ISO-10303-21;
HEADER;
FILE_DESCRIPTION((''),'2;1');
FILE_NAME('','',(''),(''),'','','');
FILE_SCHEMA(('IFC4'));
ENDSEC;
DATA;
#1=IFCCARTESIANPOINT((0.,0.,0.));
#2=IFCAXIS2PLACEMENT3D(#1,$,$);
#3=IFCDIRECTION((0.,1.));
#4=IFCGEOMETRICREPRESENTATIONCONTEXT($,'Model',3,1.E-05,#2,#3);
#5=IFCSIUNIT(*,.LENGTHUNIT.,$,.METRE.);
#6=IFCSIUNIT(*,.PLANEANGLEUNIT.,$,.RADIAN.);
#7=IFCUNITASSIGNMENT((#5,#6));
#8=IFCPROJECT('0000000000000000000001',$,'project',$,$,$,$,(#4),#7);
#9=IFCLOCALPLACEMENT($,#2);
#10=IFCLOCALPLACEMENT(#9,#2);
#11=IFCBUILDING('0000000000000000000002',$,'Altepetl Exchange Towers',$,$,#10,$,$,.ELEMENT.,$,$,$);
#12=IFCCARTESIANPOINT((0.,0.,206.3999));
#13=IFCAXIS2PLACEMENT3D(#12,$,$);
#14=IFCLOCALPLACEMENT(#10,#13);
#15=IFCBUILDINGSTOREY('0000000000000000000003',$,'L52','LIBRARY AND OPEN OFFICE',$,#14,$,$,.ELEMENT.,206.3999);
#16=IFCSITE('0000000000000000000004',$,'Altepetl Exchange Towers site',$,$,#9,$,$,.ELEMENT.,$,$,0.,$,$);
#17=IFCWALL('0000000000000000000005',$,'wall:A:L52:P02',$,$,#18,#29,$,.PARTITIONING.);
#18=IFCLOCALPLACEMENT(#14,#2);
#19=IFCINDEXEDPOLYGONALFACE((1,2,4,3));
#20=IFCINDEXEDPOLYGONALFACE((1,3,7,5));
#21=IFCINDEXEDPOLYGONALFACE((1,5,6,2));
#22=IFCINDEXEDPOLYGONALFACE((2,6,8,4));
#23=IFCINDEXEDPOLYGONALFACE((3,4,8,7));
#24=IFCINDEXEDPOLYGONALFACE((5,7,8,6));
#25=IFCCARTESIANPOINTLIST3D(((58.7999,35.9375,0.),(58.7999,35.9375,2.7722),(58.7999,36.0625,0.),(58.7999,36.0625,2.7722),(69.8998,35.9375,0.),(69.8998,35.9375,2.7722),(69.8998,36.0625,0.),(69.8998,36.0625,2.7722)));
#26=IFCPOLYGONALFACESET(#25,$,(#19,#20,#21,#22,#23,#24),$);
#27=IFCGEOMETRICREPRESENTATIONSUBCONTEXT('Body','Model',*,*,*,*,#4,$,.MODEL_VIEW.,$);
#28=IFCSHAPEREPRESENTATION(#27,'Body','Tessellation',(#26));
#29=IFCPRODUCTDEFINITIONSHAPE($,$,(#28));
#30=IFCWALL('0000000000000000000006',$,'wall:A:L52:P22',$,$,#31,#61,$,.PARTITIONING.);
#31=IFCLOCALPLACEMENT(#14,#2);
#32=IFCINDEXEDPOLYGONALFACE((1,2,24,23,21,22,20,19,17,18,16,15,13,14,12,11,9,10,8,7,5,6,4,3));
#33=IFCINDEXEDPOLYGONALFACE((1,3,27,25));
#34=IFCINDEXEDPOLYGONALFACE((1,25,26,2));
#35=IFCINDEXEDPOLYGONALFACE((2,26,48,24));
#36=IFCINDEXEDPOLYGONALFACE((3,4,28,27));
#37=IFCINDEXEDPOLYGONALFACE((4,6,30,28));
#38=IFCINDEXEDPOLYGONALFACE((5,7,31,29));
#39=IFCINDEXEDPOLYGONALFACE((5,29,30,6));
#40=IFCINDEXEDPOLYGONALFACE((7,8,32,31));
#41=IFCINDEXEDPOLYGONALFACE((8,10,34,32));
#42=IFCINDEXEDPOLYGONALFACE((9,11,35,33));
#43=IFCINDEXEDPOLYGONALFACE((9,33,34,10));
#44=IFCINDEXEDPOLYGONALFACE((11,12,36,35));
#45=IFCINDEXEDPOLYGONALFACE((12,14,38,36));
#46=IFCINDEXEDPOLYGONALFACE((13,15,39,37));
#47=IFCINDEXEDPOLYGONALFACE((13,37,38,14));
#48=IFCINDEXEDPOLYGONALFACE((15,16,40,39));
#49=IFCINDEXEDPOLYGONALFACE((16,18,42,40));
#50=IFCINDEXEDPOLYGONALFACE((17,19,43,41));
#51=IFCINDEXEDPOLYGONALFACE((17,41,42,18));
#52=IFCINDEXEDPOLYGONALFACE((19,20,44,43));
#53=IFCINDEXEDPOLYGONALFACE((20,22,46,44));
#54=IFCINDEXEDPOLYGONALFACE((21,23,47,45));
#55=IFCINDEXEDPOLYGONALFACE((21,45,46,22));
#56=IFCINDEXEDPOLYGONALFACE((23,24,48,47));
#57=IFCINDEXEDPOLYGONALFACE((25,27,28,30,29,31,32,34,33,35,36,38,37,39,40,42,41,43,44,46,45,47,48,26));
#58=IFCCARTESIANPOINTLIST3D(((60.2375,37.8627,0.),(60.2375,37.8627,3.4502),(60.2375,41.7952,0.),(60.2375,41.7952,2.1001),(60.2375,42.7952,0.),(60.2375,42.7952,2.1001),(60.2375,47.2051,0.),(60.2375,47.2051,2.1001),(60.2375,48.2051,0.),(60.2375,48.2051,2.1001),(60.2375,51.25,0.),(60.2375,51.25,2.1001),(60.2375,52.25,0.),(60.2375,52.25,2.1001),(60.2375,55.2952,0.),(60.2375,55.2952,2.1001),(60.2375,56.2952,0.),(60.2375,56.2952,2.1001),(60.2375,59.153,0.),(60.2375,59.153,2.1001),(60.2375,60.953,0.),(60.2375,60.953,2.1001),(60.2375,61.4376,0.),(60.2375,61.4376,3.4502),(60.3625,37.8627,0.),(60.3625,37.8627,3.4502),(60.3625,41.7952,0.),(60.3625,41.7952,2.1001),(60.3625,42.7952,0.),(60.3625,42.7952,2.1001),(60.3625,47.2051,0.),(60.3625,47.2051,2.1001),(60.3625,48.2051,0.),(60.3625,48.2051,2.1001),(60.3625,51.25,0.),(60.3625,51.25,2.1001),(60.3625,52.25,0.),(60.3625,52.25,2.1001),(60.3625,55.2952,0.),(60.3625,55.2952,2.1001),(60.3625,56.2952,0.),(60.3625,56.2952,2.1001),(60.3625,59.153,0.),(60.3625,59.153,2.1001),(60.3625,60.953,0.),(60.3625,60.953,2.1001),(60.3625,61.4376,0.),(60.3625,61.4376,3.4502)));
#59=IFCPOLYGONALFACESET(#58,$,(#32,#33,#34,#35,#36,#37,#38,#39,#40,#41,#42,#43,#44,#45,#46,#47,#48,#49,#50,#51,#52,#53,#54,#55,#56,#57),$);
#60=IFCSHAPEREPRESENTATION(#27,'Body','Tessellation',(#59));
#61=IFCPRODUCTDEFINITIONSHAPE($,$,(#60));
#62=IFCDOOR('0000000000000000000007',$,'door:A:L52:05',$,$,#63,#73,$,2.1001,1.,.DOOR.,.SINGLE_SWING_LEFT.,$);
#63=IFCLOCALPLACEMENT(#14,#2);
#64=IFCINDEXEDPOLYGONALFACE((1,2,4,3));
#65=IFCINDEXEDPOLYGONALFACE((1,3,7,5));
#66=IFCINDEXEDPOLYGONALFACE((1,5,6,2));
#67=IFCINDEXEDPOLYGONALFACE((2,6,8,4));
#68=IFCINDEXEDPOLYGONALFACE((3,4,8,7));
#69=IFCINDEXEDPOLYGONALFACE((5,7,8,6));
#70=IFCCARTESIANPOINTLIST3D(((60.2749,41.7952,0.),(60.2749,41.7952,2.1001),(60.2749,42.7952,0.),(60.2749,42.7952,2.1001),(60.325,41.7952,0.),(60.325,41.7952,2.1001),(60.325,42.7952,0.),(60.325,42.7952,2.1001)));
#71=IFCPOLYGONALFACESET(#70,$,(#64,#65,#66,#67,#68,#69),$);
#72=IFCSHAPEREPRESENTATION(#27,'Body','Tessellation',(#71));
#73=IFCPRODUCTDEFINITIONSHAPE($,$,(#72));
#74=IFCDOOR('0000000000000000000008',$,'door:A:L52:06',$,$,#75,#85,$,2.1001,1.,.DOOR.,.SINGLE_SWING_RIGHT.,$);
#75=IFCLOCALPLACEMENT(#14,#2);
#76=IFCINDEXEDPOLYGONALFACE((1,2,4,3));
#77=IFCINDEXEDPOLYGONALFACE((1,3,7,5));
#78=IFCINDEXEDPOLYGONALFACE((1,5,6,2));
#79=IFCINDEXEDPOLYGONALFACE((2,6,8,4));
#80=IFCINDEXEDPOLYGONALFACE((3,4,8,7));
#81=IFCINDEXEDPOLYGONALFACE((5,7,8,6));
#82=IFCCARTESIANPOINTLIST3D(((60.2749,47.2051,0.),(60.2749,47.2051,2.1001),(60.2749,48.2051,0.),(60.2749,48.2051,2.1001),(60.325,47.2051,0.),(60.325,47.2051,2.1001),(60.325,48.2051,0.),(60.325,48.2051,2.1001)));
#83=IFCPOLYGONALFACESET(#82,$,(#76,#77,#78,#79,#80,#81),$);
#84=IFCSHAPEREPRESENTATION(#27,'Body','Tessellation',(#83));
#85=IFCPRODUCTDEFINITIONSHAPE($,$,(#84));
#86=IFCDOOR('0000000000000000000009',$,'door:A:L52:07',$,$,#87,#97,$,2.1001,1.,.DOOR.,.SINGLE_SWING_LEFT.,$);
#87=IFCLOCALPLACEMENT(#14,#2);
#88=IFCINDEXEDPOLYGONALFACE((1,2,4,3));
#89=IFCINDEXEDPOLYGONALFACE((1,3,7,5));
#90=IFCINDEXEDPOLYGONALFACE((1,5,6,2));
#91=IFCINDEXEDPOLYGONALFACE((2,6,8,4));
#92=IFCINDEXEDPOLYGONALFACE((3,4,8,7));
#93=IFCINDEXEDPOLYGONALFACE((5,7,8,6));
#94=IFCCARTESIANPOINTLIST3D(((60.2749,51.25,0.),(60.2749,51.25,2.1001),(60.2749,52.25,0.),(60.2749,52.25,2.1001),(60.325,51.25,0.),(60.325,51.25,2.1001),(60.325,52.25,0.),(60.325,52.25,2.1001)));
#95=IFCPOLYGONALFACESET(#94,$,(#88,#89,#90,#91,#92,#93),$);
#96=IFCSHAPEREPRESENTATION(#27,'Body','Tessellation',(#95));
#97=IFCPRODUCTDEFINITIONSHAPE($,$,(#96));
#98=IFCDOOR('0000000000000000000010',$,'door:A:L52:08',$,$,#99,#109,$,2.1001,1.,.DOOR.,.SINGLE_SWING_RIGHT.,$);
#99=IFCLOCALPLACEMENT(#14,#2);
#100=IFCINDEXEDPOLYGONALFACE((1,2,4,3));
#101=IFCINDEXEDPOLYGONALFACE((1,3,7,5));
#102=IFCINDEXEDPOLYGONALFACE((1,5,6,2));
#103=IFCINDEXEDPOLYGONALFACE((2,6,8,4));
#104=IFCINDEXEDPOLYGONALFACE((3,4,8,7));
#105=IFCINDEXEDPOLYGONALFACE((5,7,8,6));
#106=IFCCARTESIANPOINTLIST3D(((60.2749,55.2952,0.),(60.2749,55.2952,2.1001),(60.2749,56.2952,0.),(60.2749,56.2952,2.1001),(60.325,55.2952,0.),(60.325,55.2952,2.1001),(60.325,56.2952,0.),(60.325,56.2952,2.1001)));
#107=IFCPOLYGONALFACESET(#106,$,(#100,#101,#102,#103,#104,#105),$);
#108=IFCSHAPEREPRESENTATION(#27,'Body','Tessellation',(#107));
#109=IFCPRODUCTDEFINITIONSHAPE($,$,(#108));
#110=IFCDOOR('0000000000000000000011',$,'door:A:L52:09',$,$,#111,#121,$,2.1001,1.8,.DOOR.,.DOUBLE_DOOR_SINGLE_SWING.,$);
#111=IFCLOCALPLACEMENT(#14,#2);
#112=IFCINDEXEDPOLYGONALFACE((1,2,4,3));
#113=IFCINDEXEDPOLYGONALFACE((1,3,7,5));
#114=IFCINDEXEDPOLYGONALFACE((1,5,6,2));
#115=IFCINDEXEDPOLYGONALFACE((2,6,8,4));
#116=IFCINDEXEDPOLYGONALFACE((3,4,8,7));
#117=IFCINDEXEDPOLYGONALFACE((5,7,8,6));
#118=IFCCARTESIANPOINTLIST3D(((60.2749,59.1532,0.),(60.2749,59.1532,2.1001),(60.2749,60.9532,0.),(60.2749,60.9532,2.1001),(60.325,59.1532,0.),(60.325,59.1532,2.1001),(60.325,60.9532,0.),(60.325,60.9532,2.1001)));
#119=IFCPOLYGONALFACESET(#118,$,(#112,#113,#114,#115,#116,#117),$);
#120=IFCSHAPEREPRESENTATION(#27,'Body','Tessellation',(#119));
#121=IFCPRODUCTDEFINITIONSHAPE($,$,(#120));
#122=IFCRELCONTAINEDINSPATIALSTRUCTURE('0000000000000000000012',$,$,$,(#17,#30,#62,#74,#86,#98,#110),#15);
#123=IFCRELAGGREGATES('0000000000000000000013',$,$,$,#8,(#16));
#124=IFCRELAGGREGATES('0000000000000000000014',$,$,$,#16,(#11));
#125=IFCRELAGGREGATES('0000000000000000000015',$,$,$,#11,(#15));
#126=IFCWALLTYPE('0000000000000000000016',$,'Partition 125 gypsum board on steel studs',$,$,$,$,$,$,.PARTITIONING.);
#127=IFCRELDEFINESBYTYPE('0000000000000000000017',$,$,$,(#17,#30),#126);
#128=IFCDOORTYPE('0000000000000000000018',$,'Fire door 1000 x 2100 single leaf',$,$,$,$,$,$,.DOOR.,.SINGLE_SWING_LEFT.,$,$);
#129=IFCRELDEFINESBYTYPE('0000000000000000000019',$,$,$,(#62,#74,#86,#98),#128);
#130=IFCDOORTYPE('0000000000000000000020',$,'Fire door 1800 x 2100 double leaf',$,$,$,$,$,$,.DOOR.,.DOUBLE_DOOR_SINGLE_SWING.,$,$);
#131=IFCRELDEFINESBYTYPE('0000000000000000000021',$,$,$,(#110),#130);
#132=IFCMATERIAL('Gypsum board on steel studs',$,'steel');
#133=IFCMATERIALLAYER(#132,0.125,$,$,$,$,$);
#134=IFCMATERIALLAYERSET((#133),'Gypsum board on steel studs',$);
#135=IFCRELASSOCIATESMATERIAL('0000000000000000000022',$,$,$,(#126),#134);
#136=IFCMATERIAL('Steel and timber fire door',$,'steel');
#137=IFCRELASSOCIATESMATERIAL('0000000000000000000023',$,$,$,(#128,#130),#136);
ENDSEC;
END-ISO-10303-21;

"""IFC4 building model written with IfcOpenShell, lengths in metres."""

from ifc_helpers import new_model, si_unit, direction, frame, frame_2d, origin, place, context, subcontext, project, spatial, rectangle, extrude, material, layer, layer_set, type_object, element, fill, save


model = new_model("IFC4")

# Units and contexts
model_context = context("Model", 3, precision=1e-05, world=origin(), true_north=direction((0.0, 1.0)))
body_context = subcontext(model_context, "Body", "Model", "MODEL_VIEW")
ifc_project = project(units=[si_unit("LENGTHUNIT", "METRE"), si_unit("PLANEANGLEUNIT", "RADIAN")], contexts=[model_context])

# Site, building, storey
site_placement = place(None, origin())
site = spatial("IfcSite", under=ifc_project, at=site_placement, Name="Altepetl Exchange Towers site", CompositionType="ELEMENT", RefElevation=0.0)
building_placement = place(site_placement, origin())
building = spatial("IfcBuilding", under=site, at=building_placement, Name="Altepetl Exchange Towers", CompositionType="ELEMENT")
storey_placement = place(building_placement, frame((0.0, 0.0, 206.3999)))
storey = spatial("IfcBuildingStorey", under=building, at=storey_placement, Name="L52", Description="LIBRARY AND OPEN OFFICE", CompositionType="ELEMENT", Elevation=206.3999)

# Wall
ifc_material_1 = material(Name="Gypsum board on steel studs", Category="steel")
ifc_layer_1 = layer(ifc_material_1, 0.125)
ifc_layer_set_1 = layer_set([ifc_layer_1], Name="Gypsum board on steel studs")
wall_type = type_object("IfcWallType", Name="Partition 125 gypsum board on steel studs", PredefinedType="PARTITIONING", material=ifc_layer_set_1)
wall_1_placement = place(storey_placement, frame((58.8, 36.0, 0.0)))
element("IfcWall", 1, at=wall_1_placement, inside=storey, type_object=wall_type, Name="wall:A:L52:P02", PredefinedType="PARTITIONING", context=body_context, shape_type="SweptSolid", body=[
    extrude(rectangle(XDim=11.0999, YDim=0.125, at=frame_2d((5.5498, 0.0))), origin(), (0.0, 0.0, 1.0), 2.7722),
])

# Wall, openings, doors
wall_2_placement = place(storey_placement, frame((60.3, 37.8625, 0.0), z_axis=(0.0, 0.0, 1.0), x_axis=(0.0, 1.0, 0.0)))
wall_2 = element("IfcWall", 2, at=wall_2_placement, inside=storey, type_object=wall_type, Name="wall:A:L52:P22", PredefinedType="PARTITIONING", context=body_context, shape_type="SweptSolid", body=[
    extrude(rectangle(XDim=23.575, YDim=0.125, at=frame_2d((11.7876, 0.0))), origin(), (0.0, 0.0, 1.0), 3.4502),
])
opening_1_placement = place(wall_2_placement, frame((3.9326, 0.0, 0.0)))
opening_1 = element("IfcOpeningElement", 3, at=opening_1_placement, cuts=wall_2, PredefinedType="OPENING", context=body_context, shape_type="SweptSolid", body=[
    extrude(rectangle(XDim=1.0, YDim=2.1001, at=frame_2d((0.5, 1.05))), frame((0.0, 0.0725, 0.0), z_axis=(0.0, -1.0, 0.0), x_axis=(1.0, 0.0, 0.0)), (0.0, 0.0, 1.0), 0.145),
])
opening_2_placement = place(wall_2_placement, frame((9.3425, 0.0, 0.0)))
opening_2 = element("IfcOpeningElement", 4, at=opening_2_placement, cuts=wall_2, PredefinedType="OPENING", context=body_context, shape_type="SweptSolid", body=[
    extrude(rectangle(XDim=1.0, YDim=2.1001, at=frame_2d((0.5, 1.05))), frame((0.0, 0.0725, 0.0), z_axis=(0.0, -1.0, 0.0), x_axis=(1.0, 0.0, 0.0)), (0.0, 0.0, 1.0), 0.145),
])
opening_3_placement = place(wall_2_placement, frame((13.3875, 0.0, 0.0)))
opening_3 = element("IfcOpeningElement", 5, at=opening_3_placement, cuts=wall_2, PredefinedType="OPENING", context=body_context, shape_type="SweptSolid", body=[
    extrude(rectangle(XDim=1.0, YDim=2.1001, at=frame_2d((0.5, 1.05))), frame((0.0, 0.0725, 0.0), z_axis=(0.0, -1.0, 0.0), x_axis=(1.0, 0.0, 0.0)), (0.0, 0.0, 1.0), 0.145),
])
opening_4_placement = place(wall_2_placement, frame((17.4326, 0.0, 0.0)))
opening_4 = element("IfcOpeningElement", 6, at=opening_4_placement, cuts=wall_2, PredefinedType="OPENING", context=body_context, shape_type="SweptSolid", body=[
    extrude(rectangle(XDim=1.0, YDim=2.1001, at=frame_2d((0.5, 1.05))), frame((0.0, 0.0725, 0.0), z_axis=(0.0, -1.0, 0.0), x_axis=(1.0, 0.0, 0.0)), (0.0, 0.0, 1.0), 0.145),
])
opening_5_placement = place(wall_2_placement, frame((21.2905, 0.0, 0.0)))
opening_5 = element("IfcOpeningElement", 7, at=opening_5_placement, cuts=wall_2, PredefinedType="OPENING", context=body_context, shape_type="SweptSolid", body=[
    extrude(rectangle(XDim=1.8, YDim=2.1001, at=frame_2d((0.8999, 1.05))), frame((0.0, 0.0725, 0.0), z_axis=(0.0, -1.0, 0.0), x_axis=(1.0, 0.0, 0.0)), (0.0, 0.0, 1.0), 0.145),
])
ifc_material_2 = material(Name="Steel and timber fire door", Category="steel")
door_type_1 = type_object("IfcDoorType", Name="Fire door 1000 x 2100 single leaf", OperationType="SINGLE_SWING_LEFT", PredefinedType="DOOR", material=ifc_material_2)
door_1_placement = place(opening_1_placement, frame((1.0, 0.0, 0.0), x_axis=(-1.0, 0.0, 0.0)))
door_1 = element("IfcDoor", 8, at=door_1_placement, inside=storey, type_object=door_type_1, Name="door:A:L52:05", OperationType="SINGLE_SWING_LEFT", OverallHeight=2.1001, OverallWidth=1.0, PredefinedType="DOOR", context=body_context, shape_type="SweptSolid", body=[
    extrude(rectangle(XDim=1.0, YDim=2.1001, at=frame_2d((0.5, 1.05))), frame((0.0, 0.0249, 0.0), z_axis=(0.0, -1.0, 0.0), x_axis=(1.0, 0.0, 0.0)), (0.0, 0.0, 1.0), 0.05),
])
fill(opening_1, door_1)
door_2_placement = place(opening_2_placement, frame((1.0, 0.0, 0.0), x_axis=(-1.0, 0.0, 0.0)))
door_2 = element("IfcDoor", 9, at=door_2_placement, inside=storey, type_object=door_type_1, Name="door:A:L52:06", OperationType="SINGLE_SWING_RIGHT", OverallHeight=2.1001, OverallWidth=1.0, PredefinedType="DOOR", context=body_context, shape_type="SweptSolid", body=[
    extrude(rectangle(XDim=1.0, YDim=2.1001, at=frame_2d((0.5, 1.05))), frame((0.0, 0.0249, 0.0), z_axis=(0.0, -1.0, 0.0), x_axis=(1.0, 0.0, 0.0)), (0.0, 0.0, 1.0), 0.05),
])
fill(opening_2, door_2)
door_3_placement = place(opening_3_placement, frame((1.0, 0.0, 0.0), x_axis=(-1.0, 0.0, 0.0)))
door_3 = element("IfcDoor", 10, at=door_3_placement, inside=storey, type_object=door_type_1, Name="door:A:L52:07", OperationType="SINGLE_SWING_LEFT", OverallHeight=2.1001, OverallWidth=1.0, PredefinedType="DOOR", context=body_context, shape_type="SweptSolid", body=[
    extrude(rectangle(XDim=1.0, YDim=2.1001, at=frame_2d((0.5, 1.05))), frame((0.0, 0.0249, 0.0), z_axis=(0.0, -1.0, 0.0), x_axis=(1.0, 0.0, 0.0)), (0.0, 0.0, 1.0), 0.05),
])
fill(opening_3, door_3)
door_4_placement = place(opening_4_placement, frame((1.0, 0.0, 0.0), x_axis=(-1.0, 0.0, 0.0)))
door_4 = element("IfcDoor", 11, at=door_4_placement, inside=storey, type_object=door_type_1, Name="door:A:L52:08", OperationType="SINGLE_SWING_RIGHT", OverallHeight=2.1001, OverallWidth=1.0, PredefinedType="DOOR", context=body_context, shape_type="SweptSolid", body=[
    extrude(rectangle(XDim=1.0, YDim=2.1001, at=frame_2d((0.5, 1.05))), frame((0.0, 0.0249, 0.0), z_axis=(0.0, -1.0, 0.0), x_axis=(1.0, 0.0, 0.0)), (0.0, 0.0, 1.0), 0.05),
])
fill(opening_4, door_4)
door_type_2 = type_object("IfcDoorType", Name="Fire door 1800 x 2100 double leaf", OperationType="DOUBLE_DOOR_SINGLE_SWING", PredefinedType="DOOR", material=ifc_material_2)
door_5_placement = place(opening_5_placement, frame((1.8, 0.0, 0.0), x_axis=(-1.0, 0.0, 0.0)))
door_5 = element("IfcDoor", 12, at=door_5_placement, inside=storey, type_object=door_type_2, Name="door:A:L52:09", OperationType="DOUBLE_DOOR_SINGLE_SWING", OverallHeight=2.1001, OverallWidth=1.8, PredefinedType="DOOR", context=body_context, shape_type="SweptSolid", body=[
    extrude(rectangle(XDim=1.8, YDim=2.1001, at=frame_2d((0.8999, 1.05))), frame((0.0, 0.0249, 0.0), z_axis=(0.0, -1.0, 0.0), x_axis=(1.0, 0.0, 0.0)), (0.0, 0.0, 1.0), 0.05),
])
fill(opening_5, door_5)

save(model, "model.ifc")
